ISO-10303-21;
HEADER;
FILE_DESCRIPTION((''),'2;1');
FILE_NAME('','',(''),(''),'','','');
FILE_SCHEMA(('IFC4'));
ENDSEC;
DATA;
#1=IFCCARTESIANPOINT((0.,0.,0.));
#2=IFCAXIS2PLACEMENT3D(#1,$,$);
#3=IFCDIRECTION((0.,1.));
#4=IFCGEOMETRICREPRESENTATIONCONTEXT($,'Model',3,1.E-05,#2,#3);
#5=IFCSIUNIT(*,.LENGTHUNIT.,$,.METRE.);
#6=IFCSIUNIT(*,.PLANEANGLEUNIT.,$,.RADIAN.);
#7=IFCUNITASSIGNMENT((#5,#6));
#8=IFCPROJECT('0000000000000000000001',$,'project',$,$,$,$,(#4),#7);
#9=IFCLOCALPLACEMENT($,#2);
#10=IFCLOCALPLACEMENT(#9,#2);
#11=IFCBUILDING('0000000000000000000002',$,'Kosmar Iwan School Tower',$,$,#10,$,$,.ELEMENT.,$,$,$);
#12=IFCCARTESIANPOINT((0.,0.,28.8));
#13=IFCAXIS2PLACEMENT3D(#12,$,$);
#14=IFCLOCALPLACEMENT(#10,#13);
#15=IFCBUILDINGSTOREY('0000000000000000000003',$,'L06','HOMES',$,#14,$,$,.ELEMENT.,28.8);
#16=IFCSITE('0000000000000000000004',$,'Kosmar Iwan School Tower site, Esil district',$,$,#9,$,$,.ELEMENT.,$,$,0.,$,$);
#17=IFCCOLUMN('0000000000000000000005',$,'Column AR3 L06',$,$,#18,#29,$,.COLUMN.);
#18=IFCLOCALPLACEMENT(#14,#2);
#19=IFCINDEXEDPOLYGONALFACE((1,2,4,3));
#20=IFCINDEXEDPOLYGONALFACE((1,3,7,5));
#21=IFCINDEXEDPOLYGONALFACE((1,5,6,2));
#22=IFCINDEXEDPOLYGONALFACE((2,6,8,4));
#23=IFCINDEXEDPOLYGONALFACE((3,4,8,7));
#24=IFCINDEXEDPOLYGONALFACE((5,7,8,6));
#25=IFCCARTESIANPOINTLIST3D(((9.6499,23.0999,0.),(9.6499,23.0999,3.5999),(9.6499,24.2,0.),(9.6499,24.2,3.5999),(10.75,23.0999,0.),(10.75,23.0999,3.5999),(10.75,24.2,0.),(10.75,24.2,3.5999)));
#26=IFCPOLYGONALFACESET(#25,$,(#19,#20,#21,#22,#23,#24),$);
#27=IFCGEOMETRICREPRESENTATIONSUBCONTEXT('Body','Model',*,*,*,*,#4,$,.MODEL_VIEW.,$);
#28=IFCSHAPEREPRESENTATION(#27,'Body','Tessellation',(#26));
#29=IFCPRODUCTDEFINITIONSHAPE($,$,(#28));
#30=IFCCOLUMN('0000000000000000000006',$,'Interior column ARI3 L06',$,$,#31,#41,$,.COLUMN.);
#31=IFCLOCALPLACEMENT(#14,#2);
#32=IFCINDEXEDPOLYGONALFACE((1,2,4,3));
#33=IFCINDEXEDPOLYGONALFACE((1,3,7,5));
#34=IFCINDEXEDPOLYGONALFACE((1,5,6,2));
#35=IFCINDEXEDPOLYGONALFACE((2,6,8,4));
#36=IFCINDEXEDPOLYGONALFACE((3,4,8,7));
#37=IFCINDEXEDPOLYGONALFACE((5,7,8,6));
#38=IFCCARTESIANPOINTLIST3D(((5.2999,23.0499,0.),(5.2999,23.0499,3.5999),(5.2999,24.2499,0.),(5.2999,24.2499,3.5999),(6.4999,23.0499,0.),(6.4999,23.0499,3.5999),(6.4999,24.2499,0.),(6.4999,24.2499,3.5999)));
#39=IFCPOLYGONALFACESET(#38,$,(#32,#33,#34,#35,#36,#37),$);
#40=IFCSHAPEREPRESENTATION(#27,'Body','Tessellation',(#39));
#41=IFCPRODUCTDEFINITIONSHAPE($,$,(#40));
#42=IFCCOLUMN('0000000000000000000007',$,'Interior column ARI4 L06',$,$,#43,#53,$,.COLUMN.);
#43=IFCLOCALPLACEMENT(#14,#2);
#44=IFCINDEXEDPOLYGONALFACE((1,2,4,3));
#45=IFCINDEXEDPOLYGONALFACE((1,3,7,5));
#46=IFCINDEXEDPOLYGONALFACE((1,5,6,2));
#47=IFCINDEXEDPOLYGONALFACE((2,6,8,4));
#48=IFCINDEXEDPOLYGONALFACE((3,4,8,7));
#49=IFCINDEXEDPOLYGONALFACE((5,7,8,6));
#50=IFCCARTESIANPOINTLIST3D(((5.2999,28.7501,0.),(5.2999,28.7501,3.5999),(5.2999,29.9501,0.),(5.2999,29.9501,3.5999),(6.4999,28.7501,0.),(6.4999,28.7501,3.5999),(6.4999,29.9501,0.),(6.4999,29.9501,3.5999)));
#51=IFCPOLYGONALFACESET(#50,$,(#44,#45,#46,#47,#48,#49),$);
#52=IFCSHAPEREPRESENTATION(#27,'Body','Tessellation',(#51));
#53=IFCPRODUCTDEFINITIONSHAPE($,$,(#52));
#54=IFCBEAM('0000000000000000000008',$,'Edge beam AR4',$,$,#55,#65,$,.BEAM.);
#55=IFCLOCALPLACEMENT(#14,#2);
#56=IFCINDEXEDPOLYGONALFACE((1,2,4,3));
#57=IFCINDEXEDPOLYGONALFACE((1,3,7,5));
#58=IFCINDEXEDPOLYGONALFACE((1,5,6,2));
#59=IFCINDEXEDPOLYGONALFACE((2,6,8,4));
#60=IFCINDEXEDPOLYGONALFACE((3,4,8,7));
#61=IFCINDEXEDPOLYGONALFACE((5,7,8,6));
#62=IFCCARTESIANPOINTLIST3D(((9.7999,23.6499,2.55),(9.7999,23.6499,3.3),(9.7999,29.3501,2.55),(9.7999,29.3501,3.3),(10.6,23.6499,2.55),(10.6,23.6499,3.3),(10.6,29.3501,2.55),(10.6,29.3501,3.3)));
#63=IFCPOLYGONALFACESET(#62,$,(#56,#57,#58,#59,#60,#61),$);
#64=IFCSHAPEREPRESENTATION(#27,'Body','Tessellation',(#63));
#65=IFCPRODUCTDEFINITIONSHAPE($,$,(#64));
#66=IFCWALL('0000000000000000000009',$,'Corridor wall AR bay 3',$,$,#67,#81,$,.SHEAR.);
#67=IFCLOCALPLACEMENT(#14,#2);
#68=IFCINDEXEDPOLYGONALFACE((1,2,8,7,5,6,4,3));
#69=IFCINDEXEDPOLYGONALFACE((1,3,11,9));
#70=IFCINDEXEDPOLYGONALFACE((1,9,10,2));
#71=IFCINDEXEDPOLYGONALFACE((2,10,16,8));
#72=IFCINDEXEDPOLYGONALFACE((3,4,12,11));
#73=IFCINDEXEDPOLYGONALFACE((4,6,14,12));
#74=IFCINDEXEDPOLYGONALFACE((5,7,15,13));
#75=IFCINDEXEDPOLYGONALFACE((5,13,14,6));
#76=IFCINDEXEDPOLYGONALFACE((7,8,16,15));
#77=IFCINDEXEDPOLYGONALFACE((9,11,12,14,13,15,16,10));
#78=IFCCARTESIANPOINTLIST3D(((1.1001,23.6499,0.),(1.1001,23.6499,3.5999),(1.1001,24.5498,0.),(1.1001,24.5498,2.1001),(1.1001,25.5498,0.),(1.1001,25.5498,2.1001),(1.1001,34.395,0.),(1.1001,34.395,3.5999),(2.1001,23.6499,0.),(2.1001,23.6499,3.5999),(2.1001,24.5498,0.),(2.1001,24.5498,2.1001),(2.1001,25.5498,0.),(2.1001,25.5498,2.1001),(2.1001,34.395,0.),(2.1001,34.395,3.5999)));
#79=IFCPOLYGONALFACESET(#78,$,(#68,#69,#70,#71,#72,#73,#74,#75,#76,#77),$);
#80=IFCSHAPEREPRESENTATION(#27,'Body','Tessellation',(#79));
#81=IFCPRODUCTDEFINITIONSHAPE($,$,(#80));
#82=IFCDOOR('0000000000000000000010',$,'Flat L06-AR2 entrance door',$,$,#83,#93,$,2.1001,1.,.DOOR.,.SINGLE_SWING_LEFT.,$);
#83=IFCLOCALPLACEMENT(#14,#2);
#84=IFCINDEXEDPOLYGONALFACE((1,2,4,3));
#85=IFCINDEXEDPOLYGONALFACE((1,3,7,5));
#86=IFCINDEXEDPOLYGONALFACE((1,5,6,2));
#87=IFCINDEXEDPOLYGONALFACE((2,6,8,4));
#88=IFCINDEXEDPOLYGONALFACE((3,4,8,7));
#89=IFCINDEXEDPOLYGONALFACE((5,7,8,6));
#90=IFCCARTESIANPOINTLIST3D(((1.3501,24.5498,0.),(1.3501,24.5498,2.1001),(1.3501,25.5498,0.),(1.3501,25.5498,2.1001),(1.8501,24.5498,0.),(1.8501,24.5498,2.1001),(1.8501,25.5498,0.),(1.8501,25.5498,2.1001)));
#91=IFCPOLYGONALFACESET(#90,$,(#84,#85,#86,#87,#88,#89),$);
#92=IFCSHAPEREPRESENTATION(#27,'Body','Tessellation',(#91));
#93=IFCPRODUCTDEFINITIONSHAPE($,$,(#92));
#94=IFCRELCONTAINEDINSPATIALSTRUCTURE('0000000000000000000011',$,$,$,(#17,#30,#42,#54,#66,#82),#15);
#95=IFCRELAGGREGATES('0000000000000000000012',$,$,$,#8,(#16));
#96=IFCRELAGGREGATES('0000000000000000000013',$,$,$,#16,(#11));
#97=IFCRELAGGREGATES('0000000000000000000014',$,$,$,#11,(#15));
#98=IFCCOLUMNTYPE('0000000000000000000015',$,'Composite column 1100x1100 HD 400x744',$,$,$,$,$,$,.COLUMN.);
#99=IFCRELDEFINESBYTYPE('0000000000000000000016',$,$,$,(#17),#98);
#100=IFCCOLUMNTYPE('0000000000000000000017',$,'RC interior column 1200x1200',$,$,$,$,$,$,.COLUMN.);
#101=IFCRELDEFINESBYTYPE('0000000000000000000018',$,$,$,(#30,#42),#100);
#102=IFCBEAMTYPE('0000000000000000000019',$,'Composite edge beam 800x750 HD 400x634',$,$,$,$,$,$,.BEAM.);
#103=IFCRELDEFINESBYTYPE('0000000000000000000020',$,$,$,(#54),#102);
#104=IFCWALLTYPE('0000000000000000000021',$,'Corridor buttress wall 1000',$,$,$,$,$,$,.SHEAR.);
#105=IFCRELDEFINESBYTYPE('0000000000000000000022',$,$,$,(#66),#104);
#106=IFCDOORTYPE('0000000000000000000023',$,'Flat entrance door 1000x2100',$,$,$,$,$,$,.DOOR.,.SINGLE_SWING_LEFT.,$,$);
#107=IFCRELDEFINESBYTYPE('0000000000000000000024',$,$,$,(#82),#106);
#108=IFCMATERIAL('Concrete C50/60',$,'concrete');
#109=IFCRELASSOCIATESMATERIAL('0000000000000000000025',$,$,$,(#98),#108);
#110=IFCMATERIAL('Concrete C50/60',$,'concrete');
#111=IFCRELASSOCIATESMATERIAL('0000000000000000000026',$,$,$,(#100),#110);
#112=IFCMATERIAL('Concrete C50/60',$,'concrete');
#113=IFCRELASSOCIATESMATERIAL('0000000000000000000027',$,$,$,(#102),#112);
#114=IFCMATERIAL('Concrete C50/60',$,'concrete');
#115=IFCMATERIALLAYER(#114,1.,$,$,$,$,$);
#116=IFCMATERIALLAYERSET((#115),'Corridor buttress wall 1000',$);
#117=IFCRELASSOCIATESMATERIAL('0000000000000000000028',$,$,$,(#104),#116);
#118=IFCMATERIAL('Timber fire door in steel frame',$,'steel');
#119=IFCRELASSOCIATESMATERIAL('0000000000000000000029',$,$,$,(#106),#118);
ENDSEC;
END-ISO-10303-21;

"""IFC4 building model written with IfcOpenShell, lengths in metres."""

from ifc_helpers import new_model, si_unit, direction, frame, frame_2d, origin, origin_2d, place, context, subcontext, project, spatial, rectangle, extrude, material, layer, layer_set, material_profile, profile_set, type_object, element, fill, save


model = new_model("IFC4")

# Units and contexts
model_context = context("Model", 3, precision=1e-05, world=origin(), true_north=direction((0.0, 1.0)))
body_context = subcontext(model_context, "Body", "Model", "MODEL_VIEW")
ifc_project = project(units=[si_unit("LENGTHUNIT", "METRE"), si_unit("PLANEANGLEUNIT", "RADIAN")], contexts=[model_context])

# Site, building, storey
site_placement = place(None, origin())
site = spatial("IfcSite", under=ifc_project, at=site_placement, Name="Kosmar Iwan School Tower site, Esil district", CompositionType="ELEMENT", RefElevation=0.0)
building_placement = place(site_placement, origin())
building = spatial("IfcBuilding", under=site, at=building_placement, Name="Kosmar Iwan School Tower", CompositionType="ELEMENT")
storey_placement = place(building_placement, frame((0.0, 0.0, 28.8)))
storey = spatial("IfcBuildingStorey", under=building, at=storey_placement, Name="L06", Description="HOMES", CompositionType="ELEMENT", Elevation=28.8)

# Columns
ifc_material_1 = material(Name="Concrete C50/60", Category="concrete")
ifc_material_profile_1 = material_profile(ifc_material_1, rectangle(XDim=1.1001, YDim=1.1001, at=origin_2d()), Name="RC 1100x1100 + HD 400x744")
ifc_profile_set_1 = profile_set([ifc_material_profile_1], Name="Concrete C50/60")
column_type_1 = type_object("IfcColumnType", Name="Composite column 1100x1100 HD 400x744", PredefinedType="COLUMN", material=ifc_profile_set_1)
column_placement = place(storey_placement, frame((10.2, 23.6499, 0.0), z_axis=(0.0, 0.0, 1.0), x_axis=(0.0, 1.0, 0.0)))
element("IfcColumn", 1, at=column_placement, inside=storey, type_object=column_type_1, Name="Column AR3 L06", PredefinedType="COLUMN", context=body_context, shape_type="SweptSolid", body=[
    extrude(rectangle(XDim=1.1001, YDim=1.1001, at=origin_2d()), origin(), (0.0, 0.0, 1.0), 3.5999),
])
ifc_material_2 = material(Name="Concrete C50/60", Category="concrete")
ifc_material_profile_2 = material_profile(ifc_material_2, rectangle(XDim=1.2, YDim=1.2, at=origin_2d()), Name="RC 1200x1200")
ifc_profile_set_2 = profile_set([ifc_material_profile_2], Name="Concrete C50/60")
column_type_2 = type_object("IfcColumnType", Name="RC interior column 1200x1200", PredefinedType="COLUMN", material=ifc_profile_set_2)
for number, where, z_axis, x_axis, name in (
    (2, (5.8999, 23.6499, 0.0), (0.0, 0.0, 1.0), (0.0, 1.0, 0.0), "Interior column ARI3 L06"),
    (3, (5.8999, 29.3501, 0.0), (0.0, 0.0, 1.0), (0.0, 1.0, 0.0), "Interior column ARI4 L06"),
):
    element("IfcColumn", number, at=place(storey_placement, frame(where, z_axis=z_axis, x_axis=x_axis)), inside=storey, type_object=column_type_2, Name=name, PredefinedType="COLUMN", context=body_context, shape_type="SweptSolid", body=[
        extrude(rectangle(XDim=1.2, YDim=1.2, at=origin_2d()), origin(), (0.0, 0.0, 1.0), 3.5999),
    ])

# Beam
ifc_material_3 = material(Name="Concrete C50/60", Category="concrete")
ifc_material_profile_3 = material_profile(ifc_material_3, rectangle(XDim=0.8, YDim=0.75, at=origin_2d()), Name="RC 800x750 + HD 400x634")
ifc_profile_set_3 = profile_set([ifc_material_profile_3], Name="Concrete C50/60")
beam_type = type_object("IfcBeamType", Name="Composite edge beam 800x750 HD 400x634", PredefinedType="BEAM", material=ifc_profile_set_3)
beam_placement = place(storey_placement, frame((10.2, 23.6499, 2.925), z_axis=(0.0, 1.0, 0.0), x_axis=(-1.0, 0.0, 0.0)))
element("IfcBeam", 4, at=beam_placement, inside=storey, type_object=beam_type, Name="Edge beam AR4", PredefinedType="BEAM", context=body_context, shape_type="SweptSolid", body=[
    extrude(rectangle(XDim=0.8, YDim=0.75, at=origin_2d()), origin(), (0.0, 0.0, 1.0), 5.7002),
])

# Wall, opening, door
ifc_material_4 = material(Name="Concrete C50/60", Category="concrete")
ifc_layer_1 = layer(ifc_material_4, 1.0)
ifc_layer_set_1 = layer_set([ifc_layer_1], Name="Corridor buttress wall 1000")
wall_type_1 = type_object("IfcWallType", Name="Corridor buttress wall 1000", PredefinedType="SHEAR", material=ifc_layer_set_1)
wall_1_placement = place(storey_placement, frame((1.6001, 23.6499, 0.0), z_axis=(0.0, 0.0, 1.0), x_axis=(0.0, 1.0, 0.0)))
wall_1 = element("IfcWall", 5, at=wall_1_placement, inside=storey, type_object=wall_type_1, Name="Corridor wall AR bay 3", PredefinedType="SHEAR", context=body_context, shape_type="SweptSolid", body=[
    extrude(rectangle(XDim=10.7451, YDim=1.0, at=frame_2d((5.3726, 0.0))), origin(), (0.0, 0.0, 1.0), 3.5999),
])
opening_1_placement = place(wall_1_placement, frame((0.8999, 0.0, 0.0)))
opening_1 = element("IfcOpeningElement", 6, at=opening_1_placement, cuts=wall_1, PredefinedType="OPENING", context=body_context, shape_type="SweptSolid", body=[
    extrude(rectangle(XDim=1.0, YDim=2.1001, at=frame_2d((0.5, 1.05))), frame((0.0, 0.512, 0.0), z_axis=(0.0, -1.0, 0.0), x_axis=(1.0, 0.0, 0.0)), (0.0, 0.0, 1.0), 1.0239),
])
ifc_material_5 = material(Name="Timber fire door in steel frame", Category="steel")
door_type_1 = type_object("IfcDoorType", Name="Flat entrance door 1000x2100", OperationType="SINGLE_SWING_LEFT", PredefinedType="DOOR", material=ifc_material_5)
door_1_placement = place(opening_1_placement, origin())
door_1 = element("IfcDoor", 7, at=door_1_placement, inside=storey, type_object=door_type_1, Name="Flat L06-AR2 entrance door", OperationType="SINGLE_SWING_LEFT", OverallHeight=2.1001, OverallWidth=1.0, PredefinedType="DOOR", context=body_context, shape_type="SweptSolid", body=[
    extrude(rectangle(XDim=1.0, YDim=2.1001, at=frame_2d((0.5, 1.05))), frame((0.0, 0.25, 0.0), z_axis=(0.0, -1.0, 0.0), x_axis=(1.0, 0.0, 0.0)), (0.0, 0.0, 1.0), 0.5),
])
fill(opening_1, door_1)

save(model, "model.ifc")
